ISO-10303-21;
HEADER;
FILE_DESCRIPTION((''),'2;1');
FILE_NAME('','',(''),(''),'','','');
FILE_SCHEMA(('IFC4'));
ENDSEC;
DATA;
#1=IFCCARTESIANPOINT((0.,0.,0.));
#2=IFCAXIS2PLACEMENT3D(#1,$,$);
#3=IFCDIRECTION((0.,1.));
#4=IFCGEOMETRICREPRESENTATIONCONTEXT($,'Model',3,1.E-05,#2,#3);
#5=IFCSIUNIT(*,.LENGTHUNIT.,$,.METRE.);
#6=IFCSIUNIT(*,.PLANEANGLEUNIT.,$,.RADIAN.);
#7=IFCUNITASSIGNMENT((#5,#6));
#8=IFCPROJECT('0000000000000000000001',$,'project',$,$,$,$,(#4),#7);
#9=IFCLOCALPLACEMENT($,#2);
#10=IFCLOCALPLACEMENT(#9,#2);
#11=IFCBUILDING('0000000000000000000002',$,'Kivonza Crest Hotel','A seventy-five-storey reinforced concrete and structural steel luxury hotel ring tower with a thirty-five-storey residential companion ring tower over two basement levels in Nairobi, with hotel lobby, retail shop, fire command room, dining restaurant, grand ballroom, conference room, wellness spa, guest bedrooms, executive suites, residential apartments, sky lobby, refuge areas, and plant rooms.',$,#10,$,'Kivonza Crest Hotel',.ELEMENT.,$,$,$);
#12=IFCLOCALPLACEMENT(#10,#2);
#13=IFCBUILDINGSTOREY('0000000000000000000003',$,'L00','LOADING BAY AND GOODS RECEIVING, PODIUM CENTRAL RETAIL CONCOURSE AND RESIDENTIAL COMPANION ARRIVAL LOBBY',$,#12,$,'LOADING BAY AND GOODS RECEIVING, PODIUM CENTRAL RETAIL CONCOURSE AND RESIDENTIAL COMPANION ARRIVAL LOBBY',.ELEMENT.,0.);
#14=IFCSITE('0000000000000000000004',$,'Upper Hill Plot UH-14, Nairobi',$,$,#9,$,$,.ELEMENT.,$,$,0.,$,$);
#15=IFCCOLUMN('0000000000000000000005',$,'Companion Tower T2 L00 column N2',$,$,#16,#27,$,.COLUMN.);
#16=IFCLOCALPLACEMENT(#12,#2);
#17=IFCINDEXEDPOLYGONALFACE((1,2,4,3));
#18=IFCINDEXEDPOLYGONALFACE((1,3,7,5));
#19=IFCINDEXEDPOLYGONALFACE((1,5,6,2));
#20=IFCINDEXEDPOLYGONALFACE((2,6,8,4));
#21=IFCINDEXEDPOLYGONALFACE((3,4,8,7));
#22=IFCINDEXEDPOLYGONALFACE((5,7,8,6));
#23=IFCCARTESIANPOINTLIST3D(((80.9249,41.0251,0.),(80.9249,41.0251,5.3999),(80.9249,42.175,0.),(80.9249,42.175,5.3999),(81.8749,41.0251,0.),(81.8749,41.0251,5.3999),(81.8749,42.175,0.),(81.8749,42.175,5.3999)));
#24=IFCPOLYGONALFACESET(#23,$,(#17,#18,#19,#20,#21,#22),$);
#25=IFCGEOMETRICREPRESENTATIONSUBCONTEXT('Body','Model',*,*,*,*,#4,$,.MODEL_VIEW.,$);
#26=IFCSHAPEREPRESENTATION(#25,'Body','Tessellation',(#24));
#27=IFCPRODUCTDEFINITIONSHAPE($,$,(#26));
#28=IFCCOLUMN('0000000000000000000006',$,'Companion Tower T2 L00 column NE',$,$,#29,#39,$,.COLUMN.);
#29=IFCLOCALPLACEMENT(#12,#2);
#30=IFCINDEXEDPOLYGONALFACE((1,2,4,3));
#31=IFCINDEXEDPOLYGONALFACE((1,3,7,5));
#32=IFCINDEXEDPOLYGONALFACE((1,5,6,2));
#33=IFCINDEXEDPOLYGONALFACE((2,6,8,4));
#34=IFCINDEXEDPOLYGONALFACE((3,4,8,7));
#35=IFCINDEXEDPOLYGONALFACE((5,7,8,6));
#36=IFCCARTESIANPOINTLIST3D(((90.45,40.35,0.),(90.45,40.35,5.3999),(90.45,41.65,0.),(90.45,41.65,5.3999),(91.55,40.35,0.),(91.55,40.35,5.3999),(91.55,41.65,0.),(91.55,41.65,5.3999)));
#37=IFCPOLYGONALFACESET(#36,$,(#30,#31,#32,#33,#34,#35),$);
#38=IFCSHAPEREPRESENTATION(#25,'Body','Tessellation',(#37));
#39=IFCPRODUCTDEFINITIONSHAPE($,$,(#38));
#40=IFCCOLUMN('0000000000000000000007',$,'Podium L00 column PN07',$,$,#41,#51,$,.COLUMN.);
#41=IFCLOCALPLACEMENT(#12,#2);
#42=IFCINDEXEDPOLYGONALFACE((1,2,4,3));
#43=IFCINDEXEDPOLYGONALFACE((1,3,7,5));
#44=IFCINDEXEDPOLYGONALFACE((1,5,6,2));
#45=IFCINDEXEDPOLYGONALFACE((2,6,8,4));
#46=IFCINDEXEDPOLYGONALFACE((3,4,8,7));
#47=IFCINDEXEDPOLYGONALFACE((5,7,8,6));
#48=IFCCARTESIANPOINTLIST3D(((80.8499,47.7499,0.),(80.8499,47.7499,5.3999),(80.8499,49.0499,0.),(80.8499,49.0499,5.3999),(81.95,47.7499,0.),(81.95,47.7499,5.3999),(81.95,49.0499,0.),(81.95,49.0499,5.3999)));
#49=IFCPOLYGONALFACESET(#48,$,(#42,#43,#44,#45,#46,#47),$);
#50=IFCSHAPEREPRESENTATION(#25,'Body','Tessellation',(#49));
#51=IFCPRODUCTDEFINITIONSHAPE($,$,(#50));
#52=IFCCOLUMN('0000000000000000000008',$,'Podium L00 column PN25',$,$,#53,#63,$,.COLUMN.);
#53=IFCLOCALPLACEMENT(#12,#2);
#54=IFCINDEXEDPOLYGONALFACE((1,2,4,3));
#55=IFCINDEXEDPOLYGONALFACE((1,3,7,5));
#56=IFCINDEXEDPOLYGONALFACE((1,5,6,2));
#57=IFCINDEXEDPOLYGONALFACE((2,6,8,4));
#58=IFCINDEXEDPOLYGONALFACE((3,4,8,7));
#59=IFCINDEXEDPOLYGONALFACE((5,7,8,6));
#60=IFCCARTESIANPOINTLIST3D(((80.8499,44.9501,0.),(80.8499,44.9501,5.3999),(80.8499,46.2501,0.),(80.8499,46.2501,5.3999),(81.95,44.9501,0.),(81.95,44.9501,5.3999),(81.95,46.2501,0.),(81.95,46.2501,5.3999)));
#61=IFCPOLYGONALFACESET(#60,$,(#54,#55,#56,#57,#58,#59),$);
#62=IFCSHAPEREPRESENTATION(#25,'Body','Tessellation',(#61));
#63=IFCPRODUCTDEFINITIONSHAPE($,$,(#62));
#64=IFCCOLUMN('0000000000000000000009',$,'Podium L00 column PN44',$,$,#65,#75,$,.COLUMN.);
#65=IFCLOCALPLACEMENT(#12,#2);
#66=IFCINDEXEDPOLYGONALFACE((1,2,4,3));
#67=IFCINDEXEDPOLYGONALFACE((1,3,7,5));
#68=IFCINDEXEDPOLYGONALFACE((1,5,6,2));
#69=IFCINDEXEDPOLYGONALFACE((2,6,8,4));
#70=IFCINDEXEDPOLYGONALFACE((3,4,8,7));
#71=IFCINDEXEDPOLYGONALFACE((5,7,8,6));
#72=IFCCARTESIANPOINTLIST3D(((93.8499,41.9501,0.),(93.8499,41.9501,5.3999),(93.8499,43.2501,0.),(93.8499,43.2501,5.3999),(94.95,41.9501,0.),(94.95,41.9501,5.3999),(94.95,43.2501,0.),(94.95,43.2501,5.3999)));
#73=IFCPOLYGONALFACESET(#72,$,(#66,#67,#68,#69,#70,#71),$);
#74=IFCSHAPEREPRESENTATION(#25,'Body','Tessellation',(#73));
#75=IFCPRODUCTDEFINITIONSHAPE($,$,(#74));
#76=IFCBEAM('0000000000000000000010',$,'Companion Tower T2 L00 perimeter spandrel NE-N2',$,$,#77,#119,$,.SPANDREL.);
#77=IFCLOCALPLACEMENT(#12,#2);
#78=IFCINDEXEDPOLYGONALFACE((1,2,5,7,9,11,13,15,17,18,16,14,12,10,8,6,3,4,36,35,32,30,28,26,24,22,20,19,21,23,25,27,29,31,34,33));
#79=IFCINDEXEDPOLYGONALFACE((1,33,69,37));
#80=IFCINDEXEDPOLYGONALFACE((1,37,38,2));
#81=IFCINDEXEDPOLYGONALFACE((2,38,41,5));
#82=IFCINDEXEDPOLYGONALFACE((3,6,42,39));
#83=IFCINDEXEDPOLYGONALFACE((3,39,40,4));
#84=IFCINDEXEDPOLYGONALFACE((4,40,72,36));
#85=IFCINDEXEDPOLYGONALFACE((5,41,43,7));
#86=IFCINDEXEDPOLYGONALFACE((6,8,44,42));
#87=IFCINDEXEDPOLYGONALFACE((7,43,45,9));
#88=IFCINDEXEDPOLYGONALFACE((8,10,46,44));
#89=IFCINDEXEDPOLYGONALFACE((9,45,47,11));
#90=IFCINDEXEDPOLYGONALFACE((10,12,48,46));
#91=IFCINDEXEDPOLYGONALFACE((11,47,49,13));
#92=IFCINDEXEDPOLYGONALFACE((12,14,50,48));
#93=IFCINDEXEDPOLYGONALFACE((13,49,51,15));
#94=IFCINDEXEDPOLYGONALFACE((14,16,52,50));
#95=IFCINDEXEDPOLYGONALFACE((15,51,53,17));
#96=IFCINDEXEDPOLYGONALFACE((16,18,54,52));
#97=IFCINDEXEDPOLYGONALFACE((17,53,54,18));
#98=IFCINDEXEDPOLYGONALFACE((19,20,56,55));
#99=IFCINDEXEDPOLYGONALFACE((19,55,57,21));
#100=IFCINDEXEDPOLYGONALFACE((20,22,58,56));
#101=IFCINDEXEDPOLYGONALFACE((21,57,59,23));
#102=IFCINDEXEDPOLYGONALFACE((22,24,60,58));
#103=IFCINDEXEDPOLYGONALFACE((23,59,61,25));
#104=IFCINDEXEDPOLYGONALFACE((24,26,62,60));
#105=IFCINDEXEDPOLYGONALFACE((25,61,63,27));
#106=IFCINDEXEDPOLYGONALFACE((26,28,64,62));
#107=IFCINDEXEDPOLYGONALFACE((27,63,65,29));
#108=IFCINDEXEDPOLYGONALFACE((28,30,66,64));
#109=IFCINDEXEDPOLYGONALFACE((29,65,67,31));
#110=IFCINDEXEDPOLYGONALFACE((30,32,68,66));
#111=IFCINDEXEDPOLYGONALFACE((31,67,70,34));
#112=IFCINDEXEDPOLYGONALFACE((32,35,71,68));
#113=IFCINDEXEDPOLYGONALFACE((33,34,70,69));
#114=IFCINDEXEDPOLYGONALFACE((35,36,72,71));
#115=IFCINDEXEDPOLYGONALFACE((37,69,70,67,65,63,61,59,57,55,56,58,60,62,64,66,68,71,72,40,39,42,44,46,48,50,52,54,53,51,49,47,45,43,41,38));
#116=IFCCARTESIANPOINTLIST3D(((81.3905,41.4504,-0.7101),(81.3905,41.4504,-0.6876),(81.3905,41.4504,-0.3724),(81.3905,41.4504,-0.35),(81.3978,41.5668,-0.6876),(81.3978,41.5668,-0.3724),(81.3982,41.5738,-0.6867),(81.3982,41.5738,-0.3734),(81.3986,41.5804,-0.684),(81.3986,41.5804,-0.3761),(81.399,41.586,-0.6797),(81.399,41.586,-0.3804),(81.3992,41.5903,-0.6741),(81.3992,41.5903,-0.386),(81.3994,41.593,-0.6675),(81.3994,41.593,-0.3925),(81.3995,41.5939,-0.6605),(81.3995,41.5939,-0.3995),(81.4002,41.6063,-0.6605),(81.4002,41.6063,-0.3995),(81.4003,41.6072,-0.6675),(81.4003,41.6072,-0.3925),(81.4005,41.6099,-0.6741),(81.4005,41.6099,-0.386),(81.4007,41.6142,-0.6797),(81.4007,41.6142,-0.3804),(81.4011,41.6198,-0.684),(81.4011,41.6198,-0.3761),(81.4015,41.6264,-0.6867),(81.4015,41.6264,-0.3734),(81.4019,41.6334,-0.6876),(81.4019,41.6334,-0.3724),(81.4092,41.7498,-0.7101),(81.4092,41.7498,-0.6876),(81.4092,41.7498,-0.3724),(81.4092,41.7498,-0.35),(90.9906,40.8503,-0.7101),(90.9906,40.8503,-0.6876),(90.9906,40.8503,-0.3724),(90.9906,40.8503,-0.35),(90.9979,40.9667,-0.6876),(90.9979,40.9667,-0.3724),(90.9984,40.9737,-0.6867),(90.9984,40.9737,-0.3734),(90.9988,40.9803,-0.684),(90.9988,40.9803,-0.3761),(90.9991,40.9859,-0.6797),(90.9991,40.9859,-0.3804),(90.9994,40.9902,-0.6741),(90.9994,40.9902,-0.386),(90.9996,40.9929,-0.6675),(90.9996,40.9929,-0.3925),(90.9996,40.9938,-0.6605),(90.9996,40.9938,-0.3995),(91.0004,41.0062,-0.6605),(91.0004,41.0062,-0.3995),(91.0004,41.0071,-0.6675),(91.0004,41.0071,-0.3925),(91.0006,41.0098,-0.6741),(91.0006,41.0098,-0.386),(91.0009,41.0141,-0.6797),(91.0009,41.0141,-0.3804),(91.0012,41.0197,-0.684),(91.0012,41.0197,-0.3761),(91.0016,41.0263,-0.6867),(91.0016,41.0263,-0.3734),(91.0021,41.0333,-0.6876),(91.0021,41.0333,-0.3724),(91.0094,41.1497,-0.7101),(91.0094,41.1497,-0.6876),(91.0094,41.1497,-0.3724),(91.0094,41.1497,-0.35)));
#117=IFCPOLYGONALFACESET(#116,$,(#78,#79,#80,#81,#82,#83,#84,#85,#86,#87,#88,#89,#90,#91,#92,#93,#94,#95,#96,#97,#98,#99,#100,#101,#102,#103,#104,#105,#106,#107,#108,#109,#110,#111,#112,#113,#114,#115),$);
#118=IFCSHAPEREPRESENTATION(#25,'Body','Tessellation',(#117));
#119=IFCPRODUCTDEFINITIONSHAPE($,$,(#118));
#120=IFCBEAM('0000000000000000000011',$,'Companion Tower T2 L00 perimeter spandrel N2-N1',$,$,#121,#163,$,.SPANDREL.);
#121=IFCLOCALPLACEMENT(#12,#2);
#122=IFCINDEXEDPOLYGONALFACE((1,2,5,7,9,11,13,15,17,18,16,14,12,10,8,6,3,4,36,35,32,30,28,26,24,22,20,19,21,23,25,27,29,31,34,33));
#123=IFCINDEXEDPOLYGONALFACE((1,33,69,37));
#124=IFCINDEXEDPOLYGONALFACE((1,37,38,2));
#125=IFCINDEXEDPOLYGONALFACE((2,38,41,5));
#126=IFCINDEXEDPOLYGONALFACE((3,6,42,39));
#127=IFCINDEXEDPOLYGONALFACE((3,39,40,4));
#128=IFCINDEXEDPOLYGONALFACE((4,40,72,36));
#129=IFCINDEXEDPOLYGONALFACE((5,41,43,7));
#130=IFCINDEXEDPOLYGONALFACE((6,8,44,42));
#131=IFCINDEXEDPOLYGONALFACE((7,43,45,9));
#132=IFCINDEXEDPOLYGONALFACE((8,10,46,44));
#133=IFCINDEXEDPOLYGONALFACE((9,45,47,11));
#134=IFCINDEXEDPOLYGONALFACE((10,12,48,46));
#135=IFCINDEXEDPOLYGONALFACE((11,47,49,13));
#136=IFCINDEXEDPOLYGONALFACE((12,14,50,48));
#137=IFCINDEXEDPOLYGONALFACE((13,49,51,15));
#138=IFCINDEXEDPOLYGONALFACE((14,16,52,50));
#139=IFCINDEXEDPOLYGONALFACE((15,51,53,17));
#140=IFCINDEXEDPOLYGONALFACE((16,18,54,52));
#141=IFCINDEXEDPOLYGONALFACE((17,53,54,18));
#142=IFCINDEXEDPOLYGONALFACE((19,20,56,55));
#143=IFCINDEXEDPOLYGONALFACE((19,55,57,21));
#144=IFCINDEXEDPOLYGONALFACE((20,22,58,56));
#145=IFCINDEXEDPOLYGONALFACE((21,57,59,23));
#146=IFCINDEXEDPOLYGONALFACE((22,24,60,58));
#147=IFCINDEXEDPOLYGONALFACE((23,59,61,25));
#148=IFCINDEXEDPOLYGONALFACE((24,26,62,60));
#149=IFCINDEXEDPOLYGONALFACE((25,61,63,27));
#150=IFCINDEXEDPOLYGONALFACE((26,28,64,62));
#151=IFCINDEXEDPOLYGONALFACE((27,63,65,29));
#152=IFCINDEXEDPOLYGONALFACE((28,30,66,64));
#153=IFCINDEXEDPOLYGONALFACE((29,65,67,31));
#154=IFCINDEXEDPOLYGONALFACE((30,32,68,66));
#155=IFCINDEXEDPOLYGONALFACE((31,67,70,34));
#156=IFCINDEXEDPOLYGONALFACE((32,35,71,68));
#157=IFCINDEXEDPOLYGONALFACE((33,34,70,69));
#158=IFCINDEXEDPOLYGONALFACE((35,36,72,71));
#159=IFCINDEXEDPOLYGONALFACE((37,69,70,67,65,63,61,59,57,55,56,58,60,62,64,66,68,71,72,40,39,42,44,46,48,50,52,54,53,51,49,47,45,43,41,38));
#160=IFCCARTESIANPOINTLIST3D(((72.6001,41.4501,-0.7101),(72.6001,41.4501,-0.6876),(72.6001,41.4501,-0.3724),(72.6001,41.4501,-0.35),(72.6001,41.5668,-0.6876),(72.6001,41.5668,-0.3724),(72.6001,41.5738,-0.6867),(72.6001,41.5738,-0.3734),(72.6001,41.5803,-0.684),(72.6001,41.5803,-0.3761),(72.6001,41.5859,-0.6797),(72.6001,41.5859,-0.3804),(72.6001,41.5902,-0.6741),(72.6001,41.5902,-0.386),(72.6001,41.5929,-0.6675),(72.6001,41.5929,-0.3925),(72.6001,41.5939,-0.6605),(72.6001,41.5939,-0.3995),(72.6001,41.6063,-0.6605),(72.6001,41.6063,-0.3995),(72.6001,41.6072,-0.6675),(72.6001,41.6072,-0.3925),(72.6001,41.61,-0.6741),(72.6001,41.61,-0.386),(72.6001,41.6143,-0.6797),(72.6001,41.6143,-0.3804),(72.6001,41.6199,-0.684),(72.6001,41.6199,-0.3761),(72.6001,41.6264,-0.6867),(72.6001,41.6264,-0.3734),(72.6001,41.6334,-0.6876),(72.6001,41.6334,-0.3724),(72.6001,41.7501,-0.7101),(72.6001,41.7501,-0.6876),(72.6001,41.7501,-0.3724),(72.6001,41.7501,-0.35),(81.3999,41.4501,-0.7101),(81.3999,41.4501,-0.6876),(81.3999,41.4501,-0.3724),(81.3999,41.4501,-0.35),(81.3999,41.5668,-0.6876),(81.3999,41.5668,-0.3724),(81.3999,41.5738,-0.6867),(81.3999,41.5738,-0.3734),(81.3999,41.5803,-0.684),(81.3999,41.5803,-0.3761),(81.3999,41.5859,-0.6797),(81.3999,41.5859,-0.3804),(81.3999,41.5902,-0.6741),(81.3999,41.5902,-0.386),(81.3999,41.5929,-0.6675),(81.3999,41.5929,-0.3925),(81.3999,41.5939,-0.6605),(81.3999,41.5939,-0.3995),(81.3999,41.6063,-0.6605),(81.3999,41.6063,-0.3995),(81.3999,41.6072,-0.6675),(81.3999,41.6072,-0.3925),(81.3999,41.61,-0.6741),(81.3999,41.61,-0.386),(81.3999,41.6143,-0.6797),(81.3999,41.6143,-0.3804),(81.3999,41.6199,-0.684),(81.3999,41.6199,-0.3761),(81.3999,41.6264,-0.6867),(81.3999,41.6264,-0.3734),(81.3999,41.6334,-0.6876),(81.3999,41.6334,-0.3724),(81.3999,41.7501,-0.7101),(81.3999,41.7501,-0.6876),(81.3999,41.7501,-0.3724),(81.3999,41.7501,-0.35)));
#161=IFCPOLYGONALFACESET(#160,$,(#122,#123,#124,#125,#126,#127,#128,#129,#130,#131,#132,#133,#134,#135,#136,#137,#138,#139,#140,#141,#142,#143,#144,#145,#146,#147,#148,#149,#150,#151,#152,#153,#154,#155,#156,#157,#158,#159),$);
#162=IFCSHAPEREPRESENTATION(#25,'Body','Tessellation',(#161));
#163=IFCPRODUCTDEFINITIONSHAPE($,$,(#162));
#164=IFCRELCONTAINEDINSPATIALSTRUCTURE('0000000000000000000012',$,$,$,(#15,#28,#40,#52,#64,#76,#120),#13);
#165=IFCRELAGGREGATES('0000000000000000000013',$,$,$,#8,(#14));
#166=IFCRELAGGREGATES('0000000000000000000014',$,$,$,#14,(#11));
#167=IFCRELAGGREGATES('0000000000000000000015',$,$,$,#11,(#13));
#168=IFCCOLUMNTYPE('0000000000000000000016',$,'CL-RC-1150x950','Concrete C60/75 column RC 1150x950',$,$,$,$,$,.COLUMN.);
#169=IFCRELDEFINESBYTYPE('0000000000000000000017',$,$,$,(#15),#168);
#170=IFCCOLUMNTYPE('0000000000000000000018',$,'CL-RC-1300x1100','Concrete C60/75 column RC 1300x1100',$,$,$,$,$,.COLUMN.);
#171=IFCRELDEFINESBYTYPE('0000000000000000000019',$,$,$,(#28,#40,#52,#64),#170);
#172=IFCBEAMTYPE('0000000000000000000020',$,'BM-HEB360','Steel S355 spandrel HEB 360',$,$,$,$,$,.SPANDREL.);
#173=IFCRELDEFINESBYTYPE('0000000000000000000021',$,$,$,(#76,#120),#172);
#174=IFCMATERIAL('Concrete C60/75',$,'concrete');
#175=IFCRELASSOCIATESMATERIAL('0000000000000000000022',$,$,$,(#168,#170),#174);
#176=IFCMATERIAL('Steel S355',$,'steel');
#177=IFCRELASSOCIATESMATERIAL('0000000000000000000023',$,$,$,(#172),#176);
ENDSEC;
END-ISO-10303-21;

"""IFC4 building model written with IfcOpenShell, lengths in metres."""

from ifc_helpers import new_model, si_unit, direction, frame, origin, origin_2d, place, context, subcontext, project, spatial, rectangle, i_section, extrude, material, material_profile, profile_set, type_object, element, save


model = new_model("IFC4")

# Units and contexts
model_context = context("Model", 3, precision=1e-05, world=origin(), true_north=direction((0.0, 1.0)))
body_context = subcontext(model_context, "Body", "Model", "MODEL_VIEW")
ifc_project = project(units=[si_unit("LENGTHUNIT", "METRE"), si_unit("PLANEANGLEUNIT", "RADIAN")], contexts=[model_context])

# Site, building, storey
site_placement = place(None, origin())
site = spatial("IfcSite", under=ifc_project, at=site_placement, Name="Upper Hill Plot UH-14, Nairobi", CompositionType="ELEMENT", RefElevation=0.0)
building_placement = place(site_placement, origin())
building = spatial("IfcBuilding", under=site, at=building_placement, Name="Kivonza Crest Hotel", Description="A seventy-five-storey reinforced concrete and structural steel luxury hotel ring tower with a thirty-five-storey residential companion ring tower over two basement levels in Nairobi, with hotel lobby, retail shop, fire command room, dining restaurant, grand ballroom, conference room, wellness spa, guest bedrooms, executive suites, residential apartments, sky lobby, refuge areas, and plant rooms.", LongName="Kivonza Crest Hotel", CompositionType="ELEMENT")
storey_placement = place(building_placement, origin())
storey = spatial("IfcBuildingStorey", under=building, at=storey_placement, Name="L00", Description="LOADING BAY AND GOODS RECEIVING, PODIUM CENTRAL RETAIL CONCOURSE AND RESIDENTIAL COMPANION ARRIVAL LOBBY", LongName="LOADING BAY AND GOODS RECEIVING, PODIUM CENTRAL RETAIL CONCOURSE AND RESIDENTIAL COMPANION ARRIVAL LOBBY", CompositionType="ELEMENT", Elevation=0.0)

# Columns
ifc_material_1 = material(Name="Concrete C60/75", Category="concrete")
ifc_material_profile_1 = material_profile(ifc_material_1, rectangle(XDim=0.95, YDim=1.1499, at=origin_2d()), Name="RC 1150x950")
ifc_profile_set_1 = profile_set([ifc_material_profile_1], Name="Concrete C60/75")
column_type_1 = type_object("IfcColumnType", Name="CL-RC-1150x950", Description="Concrete C60/75 column RC 1150x950", PredefinedType="COLUMN", material=ifc_profile_set_1)
column_placement = place(storey_placement, frame((81.3999, 41.6001, 0.0), z_axis=(0.0, 0.0, 1.0), x_axis=(1.0, 0.0, 0.0)))
element("IfcColumn", 1, at=column_placement, inside=storey, type_object=column_type_1, Name="Companion Tower T2 L00 column N2", PredefinedType="COLUMN", context=body_context, shape_type="SweptSolid", body=[
    extrude(rectangle(XDim=0.95, YDim=1.1499, at=origin_2d()), origin(), (0.0, 0.0, 1.0), 5.3999),
])
ifc_material_profile_2 = material_profile(ifc_material_1, rectangle(XDim=1.1001, YDim=1.3, at=origin_2d()), Name="RC 1300x1100")
ifc_profile_set_2 = profile_set([ifc_material_profile_2], Name="Concrete C60/75")
column_type_2 = type_object("IfcColumnType", Name="CL-RC-1300x1100", Description="Concrete C60/75 column RC 1300x1100", PredefinedType="COLUMN", material=ifc_profile_set_2)
for number, where, z_axis, x_axis, name in (
    (2, (91.0, 41.0, 0.0), (0.0, 0.0, 1.0), (1.0, 0.0, 0.0), "Companion Tower T2 L00 column NE"),
    (3, (81.3999, 48.3999, 0.0), (0.0, 0.0, 1.0), (1.0, 0.0, 0.0), "Podium L00 column PN07"),
    (4, (81.3999, 45.6001, 0.0), (0.0, 0.0, 1.0), (1.0, 0.0, 0.0), "Podium L00 column PN25"),
    (5, (94.3999, 42.6001, 0.0), (0.0, 0.0, 1.0), (1.0, 0.0, 0.0), "Podium L00 column PN44"),
):
    element("IfcColumn", number, at=place(storey_placement, frame(where, z_axis=z_axis, x_axis=x_axis)), inside=storey, type_object=column_type_2, Name=name, PredefinedType="COLUMN", context=body_context, shape_type="SweptSolid", body=[
        extrude(rectangle(XDim=1.1001, YDim=1.3, at=origin_2d()), origin(), (0.0, 0.0, 1.0), 5.3999),
    ])

# Beams
ifc_material_2 = material(Name="Steel S355", Category="steel")
ifc_material_profile_3 = material_profile(ifc_material_2, i_section(OverallWidth=0.3, OverallDepth=0.3601, WebThickness=0.0125, FlangeThickness=0.0225, FilletRadius=0.0271, at=origin_2d()), Name="HEB 360")
ifc_profile_set_3 = profile_set([ifc_material_profile_3], Name="Steel S355")
beam_type_1 = type_object("IfcBeamType", Name="BM-HEB360", Description="Steel S355 spandrel HEB 360", PredefinedType="SPANDREL", material=ifc_profile_set_3)
beam_1_placement = place(storey_placement, frame((91.0, 41.0, -0.53), z_axis=(-0.998052, 0.062388, 0.0), x_axis=(-0.062388, -0.998052, 0.0)))
element("IfcBeam", 6, at=beam_1_placement, inside=storey, type_object=beam_type_1, Name="Companion Tower T2 L00 perimeter spandrel NE-N2", PredefinedType="SPANDREL", context=body_context, shape_type="SweptSolid", body=[
    extrude(i_section(OverallWidth=0.3, OverallDepth=0.3601, WebThickness=0.0125, FlangeThickness=0.0225, FilletRadius=0.0271, at=origin_2d()), origin(), (0.0, 0.0, 1.0), 9.6189),
])
beam_2_placement = place(storey_placement, frame((81.3999, 41.6001, -0.53), z_axis=(-1.0, 0.0, 0.0), x_axis=(0.0, -1.0, 0.0)))
element("IfcBeam", 7, at=beam_2_placement, inside=storey, type_object=beam_type_1, Name="Companion Tower T2 L00 perimeter spandrel N2-N1", PredefinedType="SPANDREL", context=body_context, shape_type="SweptSolid", body=[
    extrude(i_section(OverallWidth=0.3, OverallDepth=0.3601, WebThickness=0.0125, FlangeThickness=0.0225, FilletRadius=0.0271, at=origin_2d()), origin(), (0.0, 0.0, 1.0), 8.7998),
])

save(model, "model.ifc")
